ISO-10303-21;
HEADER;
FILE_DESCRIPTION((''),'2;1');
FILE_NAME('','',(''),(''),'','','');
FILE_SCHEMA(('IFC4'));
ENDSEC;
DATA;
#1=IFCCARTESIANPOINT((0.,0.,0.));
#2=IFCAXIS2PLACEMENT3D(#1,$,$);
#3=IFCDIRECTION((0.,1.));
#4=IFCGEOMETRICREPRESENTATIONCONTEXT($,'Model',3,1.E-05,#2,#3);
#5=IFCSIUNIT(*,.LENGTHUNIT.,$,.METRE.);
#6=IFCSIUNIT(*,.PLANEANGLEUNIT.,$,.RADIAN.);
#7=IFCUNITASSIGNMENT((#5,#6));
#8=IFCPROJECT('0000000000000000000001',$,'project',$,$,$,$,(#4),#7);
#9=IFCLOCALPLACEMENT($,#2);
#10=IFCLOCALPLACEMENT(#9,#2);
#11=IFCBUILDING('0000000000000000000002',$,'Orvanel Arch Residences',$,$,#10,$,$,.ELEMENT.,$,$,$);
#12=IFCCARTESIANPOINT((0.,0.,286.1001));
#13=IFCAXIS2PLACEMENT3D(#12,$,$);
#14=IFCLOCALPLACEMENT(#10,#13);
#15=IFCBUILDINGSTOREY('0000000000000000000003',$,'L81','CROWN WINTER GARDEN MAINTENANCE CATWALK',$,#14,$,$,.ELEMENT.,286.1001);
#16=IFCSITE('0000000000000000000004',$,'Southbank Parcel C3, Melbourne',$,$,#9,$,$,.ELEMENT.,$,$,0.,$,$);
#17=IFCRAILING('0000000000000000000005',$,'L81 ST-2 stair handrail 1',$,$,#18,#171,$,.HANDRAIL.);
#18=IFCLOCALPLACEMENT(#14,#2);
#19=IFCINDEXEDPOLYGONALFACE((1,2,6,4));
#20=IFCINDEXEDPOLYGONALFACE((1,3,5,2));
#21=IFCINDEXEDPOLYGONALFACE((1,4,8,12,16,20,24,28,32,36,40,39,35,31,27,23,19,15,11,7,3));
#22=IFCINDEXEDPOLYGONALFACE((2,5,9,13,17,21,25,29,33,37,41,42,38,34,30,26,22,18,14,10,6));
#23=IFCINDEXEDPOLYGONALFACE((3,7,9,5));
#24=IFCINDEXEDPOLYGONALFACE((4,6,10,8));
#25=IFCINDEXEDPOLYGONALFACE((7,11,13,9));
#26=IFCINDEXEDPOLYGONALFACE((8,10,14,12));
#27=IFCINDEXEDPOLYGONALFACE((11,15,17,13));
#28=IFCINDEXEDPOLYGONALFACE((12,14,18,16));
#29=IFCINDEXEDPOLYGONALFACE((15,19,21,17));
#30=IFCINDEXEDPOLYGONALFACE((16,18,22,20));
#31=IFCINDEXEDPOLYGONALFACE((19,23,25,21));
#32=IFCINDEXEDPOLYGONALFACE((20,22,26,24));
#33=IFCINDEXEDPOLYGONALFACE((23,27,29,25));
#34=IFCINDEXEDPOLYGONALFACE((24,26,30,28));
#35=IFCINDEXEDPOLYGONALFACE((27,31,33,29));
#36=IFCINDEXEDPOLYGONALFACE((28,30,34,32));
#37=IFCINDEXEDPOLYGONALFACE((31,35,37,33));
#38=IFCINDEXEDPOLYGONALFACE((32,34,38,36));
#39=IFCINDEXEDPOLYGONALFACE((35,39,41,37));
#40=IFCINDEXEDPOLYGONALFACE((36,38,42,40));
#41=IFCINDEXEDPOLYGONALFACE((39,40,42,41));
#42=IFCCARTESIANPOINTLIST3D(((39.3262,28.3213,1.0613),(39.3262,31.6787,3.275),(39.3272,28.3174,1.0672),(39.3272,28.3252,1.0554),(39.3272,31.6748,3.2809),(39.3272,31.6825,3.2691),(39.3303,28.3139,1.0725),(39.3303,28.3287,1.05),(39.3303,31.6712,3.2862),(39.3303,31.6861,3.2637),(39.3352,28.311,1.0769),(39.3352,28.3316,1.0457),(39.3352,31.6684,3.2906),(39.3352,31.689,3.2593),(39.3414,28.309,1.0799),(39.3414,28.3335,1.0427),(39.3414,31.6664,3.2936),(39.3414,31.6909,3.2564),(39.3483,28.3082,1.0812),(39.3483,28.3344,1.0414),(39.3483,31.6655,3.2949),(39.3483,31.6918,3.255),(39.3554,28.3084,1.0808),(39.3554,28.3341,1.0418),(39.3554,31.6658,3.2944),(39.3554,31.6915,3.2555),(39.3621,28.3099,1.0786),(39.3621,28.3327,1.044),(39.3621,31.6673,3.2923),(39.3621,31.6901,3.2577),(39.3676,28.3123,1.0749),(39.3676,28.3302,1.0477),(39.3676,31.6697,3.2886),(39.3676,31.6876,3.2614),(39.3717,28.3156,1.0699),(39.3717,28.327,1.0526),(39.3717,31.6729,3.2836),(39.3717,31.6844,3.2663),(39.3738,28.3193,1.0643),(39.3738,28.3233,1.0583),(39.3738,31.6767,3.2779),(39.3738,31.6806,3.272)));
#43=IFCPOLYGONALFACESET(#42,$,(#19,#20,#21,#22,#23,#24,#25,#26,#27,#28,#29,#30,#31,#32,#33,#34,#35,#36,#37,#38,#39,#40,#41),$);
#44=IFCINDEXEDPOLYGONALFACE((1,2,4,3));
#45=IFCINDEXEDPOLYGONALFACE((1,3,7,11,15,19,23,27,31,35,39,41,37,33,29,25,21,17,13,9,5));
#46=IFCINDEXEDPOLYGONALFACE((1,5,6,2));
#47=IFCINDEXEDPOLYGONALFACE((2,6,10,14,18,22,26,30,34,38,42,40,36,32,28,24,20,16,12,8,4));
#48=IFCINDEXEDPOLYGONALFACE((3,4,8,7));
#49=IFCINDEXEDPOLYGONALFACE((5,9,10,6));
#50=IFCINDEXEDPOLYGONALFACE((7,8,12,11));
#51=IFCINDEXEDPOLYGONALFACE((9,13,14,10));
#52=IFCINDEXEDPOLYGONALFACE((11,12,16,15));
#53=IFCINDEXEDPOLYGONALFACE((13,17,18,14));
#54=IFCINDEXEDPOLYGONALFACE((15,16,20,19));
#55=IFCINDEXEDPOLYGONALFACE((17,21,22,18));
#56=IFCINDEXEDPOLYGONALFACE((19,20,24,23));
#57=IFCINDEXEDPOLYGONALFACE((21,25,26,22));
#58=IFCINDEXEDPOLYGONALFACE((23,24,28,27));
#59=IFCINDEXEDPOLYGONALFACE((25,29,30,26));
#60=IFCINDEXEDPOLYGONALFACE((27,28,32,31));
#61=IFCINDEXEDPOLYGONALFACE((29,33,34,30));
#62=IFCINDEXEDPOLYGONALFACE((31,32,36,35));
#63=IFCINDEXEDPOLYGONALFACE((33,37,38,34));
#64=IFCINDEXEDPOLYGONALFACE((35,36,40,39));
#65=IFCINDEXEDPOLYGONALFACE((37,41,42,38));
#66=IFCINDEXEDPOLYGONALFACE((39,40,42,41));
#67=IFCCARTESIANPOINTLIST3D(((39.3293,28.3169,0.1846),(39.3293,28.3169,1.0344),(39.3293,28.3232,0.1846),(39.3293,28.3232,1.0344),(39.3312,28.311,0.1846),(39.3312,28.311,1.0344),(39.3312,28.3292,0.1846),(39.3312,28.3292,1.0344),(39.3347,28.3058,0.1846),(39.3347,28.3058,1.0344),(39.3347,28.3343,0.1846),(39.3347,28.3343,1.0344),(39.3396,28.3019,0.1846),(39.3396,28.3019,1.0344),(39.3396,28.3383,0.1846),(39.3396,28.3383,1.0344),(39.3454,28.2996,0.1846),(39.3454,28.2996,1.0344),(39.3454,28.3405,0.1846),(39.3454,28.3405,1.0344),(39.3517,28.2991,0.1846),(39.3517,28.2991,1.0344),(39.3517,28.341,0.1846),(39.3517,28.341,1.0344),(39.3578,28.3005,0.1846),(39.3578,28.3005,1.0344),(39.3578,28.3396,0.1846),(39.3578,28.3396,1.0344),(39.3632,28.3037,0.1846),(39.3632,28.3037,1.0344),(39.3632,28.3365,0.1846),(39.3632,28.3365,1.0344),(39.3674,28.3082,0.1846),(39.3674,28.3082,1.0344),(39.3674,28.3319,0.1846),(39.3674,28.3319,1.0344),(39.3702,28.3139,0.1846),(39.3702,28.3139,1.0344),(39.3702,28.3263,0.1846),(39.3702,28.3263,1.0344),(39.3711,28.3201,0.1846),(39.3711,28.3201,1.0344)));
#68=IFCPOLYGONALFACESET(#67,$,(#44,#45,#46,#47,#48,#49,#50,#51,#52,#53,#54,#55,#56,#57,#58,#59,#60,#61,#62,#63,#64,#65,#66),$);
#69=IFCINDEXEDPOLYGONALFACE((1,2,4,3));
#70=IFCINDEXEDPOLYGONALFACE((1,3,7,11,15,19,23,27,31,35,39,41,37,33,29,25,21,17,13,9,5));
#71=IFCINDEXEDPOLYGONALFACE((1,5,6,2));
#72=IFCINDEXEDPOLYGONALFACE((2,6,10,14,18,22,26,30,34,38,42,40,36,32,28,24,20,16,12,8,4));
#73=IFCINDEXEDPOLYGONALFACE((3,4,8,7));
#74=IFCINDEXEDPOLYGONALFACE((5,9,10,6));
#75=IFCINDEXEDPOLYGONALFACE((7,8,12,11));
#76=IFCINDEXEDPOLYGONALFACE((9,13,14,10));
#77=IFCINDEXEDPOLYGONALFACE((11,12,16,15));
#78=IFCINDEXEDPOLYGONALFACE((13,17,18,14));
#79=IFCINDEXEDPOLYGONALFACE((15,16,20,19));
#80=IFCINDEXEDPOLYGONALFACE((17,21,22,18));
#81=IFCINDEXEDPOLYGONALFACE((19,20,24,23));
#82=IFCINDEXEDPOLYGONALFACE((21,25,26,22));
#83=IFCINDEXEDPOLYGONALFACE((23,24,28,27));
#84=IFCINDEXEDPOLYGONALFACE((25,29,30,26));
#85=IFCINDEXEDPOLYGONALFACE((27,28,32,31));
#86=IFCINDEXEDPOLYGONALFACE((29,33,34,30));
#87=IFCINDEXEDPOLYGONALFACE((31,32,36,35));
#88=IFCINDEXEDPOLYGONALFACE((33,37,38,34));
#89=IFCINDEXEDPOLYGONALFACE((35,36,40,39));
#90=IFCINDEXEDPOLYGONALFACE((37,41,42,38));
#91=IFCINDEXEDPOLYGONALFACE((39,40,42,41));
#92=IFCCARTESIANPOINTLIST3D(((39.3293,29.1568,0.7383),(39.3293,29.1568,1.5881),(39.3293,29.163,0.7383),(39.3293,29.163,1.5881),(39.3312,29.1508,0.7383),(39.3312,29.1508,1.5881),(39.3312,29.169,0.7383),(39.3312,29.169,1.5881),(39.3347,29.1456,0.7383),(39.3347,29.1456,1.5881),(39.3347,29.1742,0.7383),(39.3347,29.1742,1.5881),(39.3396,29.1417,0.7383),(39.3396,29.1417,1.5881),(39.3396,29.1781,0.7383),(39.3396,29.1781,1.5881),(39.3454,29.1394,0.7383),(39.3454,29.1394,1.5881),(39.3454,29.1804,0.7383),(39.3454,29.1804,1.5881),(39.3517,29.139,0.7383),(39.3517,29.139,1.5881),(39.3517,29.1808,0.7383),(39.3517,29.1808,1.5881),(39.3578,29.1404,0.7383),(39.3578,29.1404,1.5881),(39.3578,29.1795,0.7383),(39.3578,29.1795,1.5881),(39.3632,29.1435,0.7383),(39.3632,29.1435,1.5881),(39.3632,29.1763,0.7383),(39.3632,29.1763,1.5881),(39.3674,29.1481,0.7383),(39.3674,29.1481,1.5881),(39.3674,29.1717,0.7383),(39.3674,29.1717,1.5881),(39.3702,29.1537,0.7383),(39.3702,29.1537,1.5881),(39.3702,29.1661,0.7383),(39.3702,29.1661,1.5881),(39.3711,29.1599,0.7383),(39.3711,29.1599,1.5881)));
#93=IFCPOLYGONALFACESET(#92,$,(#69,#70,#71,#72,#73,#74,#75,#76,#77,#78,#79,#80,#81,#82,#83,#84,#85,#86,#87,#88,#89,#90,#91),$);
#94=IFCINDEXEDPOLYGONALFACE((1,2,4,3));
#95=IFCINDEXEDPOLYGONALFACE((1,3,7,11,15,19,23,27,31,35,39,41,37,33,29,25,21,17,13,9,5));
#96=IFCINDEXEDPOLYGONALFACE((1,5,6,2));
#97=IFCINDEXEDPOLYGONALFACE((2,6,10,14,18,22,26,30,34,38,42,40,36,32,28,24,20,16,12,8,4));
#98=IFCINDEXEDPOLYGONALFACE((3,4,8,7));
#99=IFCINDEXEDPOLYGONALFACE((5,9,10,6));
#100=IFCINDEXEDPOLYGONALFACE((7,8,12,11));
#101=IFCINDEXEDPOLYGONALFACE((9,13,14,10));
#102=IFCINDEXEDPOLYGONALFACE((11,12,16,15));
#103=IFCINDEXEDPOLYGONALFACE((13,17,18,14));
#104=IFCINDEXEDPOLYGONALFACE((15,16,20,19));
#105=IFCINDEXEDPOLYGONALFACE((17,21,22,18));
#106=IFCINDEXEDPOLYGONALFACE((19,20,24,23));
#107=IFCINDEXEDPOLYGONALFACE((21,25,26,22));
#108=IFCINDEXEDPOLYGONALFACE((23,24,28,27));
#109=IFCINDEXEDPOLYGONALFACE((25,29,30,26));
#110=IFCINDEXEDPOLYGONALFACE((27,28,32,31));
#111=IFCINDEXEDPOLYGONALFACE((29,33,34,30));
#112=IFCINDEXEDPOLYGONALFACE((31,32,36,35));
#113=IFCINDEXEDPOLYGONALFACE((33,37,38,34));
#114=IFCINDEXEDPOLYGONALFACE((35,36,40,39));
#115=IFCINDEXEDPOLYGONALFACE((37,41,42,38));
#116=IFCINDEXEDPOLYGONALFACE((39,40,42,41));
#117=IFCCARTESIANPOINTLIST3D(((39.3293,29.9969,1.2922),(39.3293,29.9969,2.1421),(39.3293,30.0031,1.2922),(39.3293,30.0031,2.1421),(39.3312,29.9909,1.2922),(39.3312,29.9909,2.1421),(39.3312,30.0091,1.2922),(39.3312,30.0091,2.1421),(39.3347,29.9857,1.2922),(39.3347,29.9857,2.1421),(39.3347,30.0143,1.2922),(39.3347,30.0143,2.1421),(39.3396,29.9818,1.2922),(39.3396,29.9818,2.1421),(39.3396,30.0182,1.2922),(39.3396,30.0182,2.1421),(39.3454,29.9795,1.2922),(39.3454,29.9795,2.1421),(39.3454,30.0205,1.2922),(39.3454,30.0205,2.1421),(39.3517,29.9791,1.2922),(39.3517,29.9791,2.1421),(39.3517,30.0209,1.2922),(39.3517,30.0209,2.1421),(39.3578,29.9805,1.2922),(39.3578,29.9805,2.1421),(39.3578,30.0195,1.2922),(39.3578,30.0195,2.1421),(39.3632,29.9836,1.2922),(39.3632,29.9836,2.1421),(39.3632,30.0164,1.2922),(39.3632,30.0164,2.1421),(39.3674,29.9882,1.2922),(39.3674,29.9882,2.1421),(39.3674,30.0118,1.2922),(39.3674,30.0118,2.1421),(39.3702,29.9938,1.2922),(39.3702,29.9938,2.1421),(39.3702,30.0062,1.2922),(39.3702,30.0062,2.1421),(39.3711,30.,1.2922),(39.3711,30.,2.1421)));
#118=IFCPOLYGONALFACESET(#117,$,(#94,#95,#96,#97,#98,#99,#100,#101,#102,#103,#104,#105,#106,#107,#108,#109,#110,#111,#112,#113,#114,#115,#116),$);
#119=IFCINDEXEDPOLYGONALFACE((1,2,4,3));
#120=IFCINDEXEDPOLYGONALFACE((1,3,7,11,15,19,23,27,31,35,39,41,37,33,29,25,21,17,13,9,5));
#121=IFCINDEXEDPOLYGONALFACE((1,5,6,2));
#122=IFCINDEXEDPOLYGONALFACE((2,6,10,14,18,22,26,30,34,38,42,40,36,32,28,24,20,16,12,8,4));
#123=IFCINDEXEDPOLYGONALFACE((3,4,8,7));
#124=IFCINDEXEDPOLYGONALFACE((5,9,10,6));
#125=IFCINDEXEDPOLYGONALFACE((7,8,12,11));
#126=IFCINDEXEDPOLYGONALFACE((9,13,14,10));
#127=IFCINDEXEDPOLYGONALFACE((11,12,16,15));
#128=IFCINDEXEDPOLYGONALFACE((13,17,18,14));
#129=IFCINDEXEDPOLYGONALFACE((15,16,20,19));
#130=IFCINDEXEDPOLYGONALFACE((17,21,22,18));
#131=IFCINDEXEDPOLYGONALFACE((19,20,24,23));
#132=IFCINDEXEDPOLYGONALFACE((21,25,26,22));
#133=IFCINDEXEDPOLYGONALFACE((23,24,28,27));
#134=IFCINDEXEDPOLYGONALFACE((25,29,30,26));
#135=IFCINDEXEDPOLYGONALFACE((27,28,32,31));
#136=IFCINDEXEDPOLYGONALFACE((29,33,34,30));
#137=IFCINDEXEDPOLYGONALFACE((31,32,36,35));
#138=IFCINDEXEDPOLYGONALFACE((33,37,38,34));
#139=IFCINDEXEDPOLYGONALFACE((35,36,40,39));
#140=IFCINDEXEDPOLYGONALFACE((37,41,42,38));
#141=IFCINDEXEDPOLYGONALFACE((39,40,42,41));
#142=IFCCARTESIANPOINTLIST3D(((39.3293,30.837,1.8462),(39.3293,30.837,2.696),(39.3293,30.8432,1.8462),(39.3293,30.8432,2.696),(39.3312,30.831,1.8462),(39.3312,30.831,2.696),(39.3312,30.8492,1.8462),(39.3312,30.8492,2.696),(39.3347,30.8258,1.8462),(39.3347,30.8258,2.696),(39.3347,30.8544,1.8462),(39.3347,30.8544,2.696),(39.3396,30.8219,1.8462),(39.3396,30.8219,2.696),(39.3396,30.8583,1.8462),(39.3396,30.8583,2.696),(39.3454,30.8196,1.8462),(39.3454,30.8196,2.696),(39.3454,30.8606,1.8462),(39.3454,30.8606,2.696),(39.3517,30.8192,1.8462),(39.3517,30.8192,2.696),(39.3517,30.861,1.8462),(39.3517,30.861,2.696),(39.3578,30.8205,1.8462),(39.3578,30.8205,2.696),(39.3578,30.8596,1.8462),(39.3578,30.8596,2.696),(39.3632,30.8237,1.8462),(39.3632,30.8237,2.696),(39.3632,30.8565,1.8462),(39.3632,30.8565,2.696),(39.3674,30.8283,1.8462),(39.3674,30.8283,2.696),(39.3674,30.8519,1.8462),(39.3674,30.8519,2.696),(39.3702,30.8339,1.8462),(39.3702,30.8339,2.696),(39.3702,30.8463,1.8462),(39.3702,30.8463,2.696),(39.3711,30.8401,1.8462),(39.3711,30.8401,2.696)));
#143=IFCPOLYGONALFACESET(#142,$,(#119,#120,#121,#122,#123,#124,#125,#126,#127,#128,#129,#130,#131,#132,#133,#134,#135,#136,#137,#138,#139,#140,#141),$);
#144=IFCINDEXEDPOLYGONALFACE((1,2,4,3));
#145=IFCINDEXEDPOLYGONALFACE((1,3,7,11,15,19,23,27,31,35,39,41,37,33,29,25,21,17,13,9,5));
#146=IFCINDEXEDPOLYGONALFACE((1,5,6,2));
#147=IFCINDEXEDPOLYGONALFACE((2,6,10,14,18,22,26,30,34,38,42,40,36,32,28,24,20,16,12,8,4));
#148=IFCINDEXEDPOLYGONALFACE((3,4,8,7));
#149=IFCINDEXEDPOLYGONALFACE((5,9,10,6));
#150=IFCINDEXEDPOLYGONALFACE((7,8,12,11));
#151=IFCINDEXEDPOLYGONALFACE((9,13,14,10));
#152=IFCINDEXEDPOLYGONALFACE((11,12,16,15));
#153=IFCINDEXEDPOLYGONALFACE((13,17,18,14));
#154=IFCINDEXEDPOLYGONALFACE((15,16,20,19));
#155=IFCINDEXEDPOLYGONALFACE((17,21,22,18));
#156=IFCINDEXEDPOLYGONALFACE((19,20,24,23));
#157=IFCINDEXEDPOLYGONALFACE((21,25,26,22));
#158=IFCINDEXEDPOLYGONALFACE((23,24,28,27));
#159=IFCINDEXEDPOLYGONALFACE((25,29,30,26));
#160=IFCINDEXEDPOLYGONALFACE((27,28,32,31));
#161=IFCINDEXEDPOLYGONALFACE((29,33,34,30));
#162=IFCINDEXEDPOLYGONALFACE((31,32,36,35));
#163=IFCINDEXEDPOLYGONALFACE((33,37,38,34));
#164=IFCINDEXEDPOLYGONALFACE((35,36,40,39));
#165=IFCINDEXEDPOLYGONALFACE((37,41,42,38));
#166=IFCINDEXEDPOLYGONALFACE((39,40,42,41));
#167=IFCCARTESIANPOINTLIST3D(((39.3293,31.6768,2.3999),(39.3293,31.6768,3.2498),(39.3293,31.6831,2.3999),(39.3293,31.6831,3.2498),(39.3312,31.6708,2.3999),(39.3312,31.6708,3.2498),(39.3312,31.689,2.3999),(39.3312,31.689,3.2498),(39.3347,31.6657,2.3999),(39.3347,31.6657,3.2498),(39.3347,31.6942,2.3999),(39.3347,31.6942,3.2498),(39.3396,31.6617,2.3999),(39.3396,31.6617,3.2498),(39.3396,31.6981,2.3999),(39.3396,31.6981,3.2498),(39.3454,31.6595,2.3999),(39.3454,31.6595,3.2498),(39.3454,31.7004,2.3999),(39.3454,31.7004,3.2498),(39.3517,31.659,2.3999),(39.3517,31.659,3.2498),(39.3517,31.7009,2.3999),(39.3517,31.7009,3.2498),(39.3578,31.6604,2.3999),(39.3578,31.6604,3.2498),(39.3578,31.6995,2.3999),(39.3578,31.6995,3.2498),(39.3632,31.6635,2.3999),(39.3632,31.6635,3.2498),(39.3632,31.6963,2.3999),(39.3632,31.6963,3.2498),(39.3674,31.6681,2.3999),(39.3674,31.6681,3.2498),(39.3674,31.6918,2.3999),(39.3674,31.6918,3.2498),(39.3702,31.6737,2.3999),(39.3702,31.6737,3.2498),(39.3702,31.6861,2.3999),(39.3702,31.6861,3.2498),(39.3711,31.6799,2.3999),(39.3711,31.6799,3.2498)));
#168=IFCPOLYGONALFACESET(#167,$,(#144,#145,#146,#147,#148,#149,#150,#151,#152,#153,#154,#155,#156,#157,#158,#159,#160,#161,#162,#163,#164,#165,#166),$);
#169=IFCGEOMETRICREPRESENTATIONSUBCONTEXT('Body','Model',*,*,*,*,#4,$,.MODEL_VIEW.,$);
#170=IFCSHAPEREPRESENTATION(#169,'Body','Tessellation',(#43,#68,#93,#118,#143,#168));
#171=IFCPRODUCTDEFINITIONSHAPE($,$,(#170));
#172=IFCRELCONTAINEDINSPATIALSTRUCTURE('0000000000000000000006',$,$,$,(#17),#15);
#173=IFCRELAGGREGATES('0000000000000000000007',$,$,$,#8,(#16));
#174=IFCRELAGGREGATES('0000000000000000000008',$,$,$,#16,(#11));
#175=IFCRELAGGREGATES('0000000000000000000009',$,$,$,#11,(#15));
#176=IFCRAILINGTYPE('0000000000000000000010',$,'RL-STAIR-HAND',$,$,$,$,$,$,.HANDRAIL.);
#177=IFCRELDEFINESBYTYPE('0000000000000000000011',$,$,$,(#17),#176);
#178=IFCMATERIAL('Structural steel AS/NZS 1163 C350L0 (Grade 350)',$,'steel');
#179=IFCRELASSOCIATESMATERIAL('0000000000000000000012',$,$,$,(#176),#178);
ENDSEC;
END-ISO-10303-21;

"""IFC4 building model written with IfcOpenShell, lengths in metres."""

from ifc_helpers import new_model, si_unit, direction, frame, origin, origin_2d, place, context, subcontext, project, spatial, circle, extrude, material, type_object, element, save


model = new_model("IFC4")

# Units and contexts
model_context = context("Model", 3, precision=1e-05, world=origin(), true_north=direction((0.0, 1.0)))
body_context = subcontext(model_context, "Body", "Model", "MODEL_VIEW")
ifc_project = project(units=[si_unit("LENGTHUNIT", "METRE"), si_unit("PLANEANGLEUNIT", "RADIAN")], contexts=[model_context])

# Site, building, storey
site_placement = place(None, origin())
site = spatial("IfcSite", under=ifc_project, at=site_placement, Name="Southbank Parcel C3, Melbourne", CompositionType="ELEMENT", RefElevation=0.0)
building_placement = place(site_placement, origin())
building = spatial("IfcBuilding", under=site, at=building_placement, Name="Orvanel Arch Residences", CompositionType="ELEMENT")
storey_placement = place(building_placement, frame((0.0, 0.0, 286.1001)))
storey = spatial("IfcBuildingStorey", under=building, at=storey_placement, Name="L81", Description="CROWN WINTER GARDEN MAINTENANCE CATWALK", CompositionType="ELEMENT", Elevation=286.1001)

# Shared definitions
ifc_material_1 = material(Name="Structural steel AS/NZS 1163 C350L0 (Grade 350)", Category="steel")

# Railing
railing_type_1 = type_object("IfcRailingType", Name="RL-STAIR-HAND", PredefinedType="HANDRAIL", material=ifc_material_1)
railing_1_placement = place(storey_placement, frame((39.3501, 28.3201, 0.1846)))
element("IfcRailing", 1, at=railing_1_placement, inside=storey, type_object=railing_type_1, Name="L81 ST-2 stair handrail 1", PredefinedType="HANDRAIL", context=body_context, shape_type="SweptSolid", body=[
    extrude(circle(Radius=0.0239, at=origin_2d()), frame((0.0, 0.0012, 0.8767), z_axis=(0.0, 0.834858, 0.550465), x_axis=(-1.0, 0.0, 0.0)), (0.0, 0.0, 1.0), 4.0215),
    extrude(circle(Radius=0.021, at=origin_2d()), origin(), (0.0, 0.0, 1.0), 0.8499),
    extrude(circle(Radius=0.021, at=origin_2d()), frame((0.0, 0.8398, 0.5537)), (0.0, 0.0, 1.0), 0.8499),
    extrude(circle(Radius=0.021, at=origin_2d()), frame((0.0, 1.6799, 1.1077)), (0.0, 0.0, 1.0), 0.8499),
    extrude(circle(Radius=0.021, at=origin_2d()), frame((0.0, 2.52, 1.6616)), (0.0, 0.0, 1.0), 0.8499),
    extrude(circle(Radius=0.021, at=origin_2d()), frame((0.0, 3.3599, 2.2153)), (0.0, 0.0, 1.0), 0.8499),
])

save(model, "model.ifc")
